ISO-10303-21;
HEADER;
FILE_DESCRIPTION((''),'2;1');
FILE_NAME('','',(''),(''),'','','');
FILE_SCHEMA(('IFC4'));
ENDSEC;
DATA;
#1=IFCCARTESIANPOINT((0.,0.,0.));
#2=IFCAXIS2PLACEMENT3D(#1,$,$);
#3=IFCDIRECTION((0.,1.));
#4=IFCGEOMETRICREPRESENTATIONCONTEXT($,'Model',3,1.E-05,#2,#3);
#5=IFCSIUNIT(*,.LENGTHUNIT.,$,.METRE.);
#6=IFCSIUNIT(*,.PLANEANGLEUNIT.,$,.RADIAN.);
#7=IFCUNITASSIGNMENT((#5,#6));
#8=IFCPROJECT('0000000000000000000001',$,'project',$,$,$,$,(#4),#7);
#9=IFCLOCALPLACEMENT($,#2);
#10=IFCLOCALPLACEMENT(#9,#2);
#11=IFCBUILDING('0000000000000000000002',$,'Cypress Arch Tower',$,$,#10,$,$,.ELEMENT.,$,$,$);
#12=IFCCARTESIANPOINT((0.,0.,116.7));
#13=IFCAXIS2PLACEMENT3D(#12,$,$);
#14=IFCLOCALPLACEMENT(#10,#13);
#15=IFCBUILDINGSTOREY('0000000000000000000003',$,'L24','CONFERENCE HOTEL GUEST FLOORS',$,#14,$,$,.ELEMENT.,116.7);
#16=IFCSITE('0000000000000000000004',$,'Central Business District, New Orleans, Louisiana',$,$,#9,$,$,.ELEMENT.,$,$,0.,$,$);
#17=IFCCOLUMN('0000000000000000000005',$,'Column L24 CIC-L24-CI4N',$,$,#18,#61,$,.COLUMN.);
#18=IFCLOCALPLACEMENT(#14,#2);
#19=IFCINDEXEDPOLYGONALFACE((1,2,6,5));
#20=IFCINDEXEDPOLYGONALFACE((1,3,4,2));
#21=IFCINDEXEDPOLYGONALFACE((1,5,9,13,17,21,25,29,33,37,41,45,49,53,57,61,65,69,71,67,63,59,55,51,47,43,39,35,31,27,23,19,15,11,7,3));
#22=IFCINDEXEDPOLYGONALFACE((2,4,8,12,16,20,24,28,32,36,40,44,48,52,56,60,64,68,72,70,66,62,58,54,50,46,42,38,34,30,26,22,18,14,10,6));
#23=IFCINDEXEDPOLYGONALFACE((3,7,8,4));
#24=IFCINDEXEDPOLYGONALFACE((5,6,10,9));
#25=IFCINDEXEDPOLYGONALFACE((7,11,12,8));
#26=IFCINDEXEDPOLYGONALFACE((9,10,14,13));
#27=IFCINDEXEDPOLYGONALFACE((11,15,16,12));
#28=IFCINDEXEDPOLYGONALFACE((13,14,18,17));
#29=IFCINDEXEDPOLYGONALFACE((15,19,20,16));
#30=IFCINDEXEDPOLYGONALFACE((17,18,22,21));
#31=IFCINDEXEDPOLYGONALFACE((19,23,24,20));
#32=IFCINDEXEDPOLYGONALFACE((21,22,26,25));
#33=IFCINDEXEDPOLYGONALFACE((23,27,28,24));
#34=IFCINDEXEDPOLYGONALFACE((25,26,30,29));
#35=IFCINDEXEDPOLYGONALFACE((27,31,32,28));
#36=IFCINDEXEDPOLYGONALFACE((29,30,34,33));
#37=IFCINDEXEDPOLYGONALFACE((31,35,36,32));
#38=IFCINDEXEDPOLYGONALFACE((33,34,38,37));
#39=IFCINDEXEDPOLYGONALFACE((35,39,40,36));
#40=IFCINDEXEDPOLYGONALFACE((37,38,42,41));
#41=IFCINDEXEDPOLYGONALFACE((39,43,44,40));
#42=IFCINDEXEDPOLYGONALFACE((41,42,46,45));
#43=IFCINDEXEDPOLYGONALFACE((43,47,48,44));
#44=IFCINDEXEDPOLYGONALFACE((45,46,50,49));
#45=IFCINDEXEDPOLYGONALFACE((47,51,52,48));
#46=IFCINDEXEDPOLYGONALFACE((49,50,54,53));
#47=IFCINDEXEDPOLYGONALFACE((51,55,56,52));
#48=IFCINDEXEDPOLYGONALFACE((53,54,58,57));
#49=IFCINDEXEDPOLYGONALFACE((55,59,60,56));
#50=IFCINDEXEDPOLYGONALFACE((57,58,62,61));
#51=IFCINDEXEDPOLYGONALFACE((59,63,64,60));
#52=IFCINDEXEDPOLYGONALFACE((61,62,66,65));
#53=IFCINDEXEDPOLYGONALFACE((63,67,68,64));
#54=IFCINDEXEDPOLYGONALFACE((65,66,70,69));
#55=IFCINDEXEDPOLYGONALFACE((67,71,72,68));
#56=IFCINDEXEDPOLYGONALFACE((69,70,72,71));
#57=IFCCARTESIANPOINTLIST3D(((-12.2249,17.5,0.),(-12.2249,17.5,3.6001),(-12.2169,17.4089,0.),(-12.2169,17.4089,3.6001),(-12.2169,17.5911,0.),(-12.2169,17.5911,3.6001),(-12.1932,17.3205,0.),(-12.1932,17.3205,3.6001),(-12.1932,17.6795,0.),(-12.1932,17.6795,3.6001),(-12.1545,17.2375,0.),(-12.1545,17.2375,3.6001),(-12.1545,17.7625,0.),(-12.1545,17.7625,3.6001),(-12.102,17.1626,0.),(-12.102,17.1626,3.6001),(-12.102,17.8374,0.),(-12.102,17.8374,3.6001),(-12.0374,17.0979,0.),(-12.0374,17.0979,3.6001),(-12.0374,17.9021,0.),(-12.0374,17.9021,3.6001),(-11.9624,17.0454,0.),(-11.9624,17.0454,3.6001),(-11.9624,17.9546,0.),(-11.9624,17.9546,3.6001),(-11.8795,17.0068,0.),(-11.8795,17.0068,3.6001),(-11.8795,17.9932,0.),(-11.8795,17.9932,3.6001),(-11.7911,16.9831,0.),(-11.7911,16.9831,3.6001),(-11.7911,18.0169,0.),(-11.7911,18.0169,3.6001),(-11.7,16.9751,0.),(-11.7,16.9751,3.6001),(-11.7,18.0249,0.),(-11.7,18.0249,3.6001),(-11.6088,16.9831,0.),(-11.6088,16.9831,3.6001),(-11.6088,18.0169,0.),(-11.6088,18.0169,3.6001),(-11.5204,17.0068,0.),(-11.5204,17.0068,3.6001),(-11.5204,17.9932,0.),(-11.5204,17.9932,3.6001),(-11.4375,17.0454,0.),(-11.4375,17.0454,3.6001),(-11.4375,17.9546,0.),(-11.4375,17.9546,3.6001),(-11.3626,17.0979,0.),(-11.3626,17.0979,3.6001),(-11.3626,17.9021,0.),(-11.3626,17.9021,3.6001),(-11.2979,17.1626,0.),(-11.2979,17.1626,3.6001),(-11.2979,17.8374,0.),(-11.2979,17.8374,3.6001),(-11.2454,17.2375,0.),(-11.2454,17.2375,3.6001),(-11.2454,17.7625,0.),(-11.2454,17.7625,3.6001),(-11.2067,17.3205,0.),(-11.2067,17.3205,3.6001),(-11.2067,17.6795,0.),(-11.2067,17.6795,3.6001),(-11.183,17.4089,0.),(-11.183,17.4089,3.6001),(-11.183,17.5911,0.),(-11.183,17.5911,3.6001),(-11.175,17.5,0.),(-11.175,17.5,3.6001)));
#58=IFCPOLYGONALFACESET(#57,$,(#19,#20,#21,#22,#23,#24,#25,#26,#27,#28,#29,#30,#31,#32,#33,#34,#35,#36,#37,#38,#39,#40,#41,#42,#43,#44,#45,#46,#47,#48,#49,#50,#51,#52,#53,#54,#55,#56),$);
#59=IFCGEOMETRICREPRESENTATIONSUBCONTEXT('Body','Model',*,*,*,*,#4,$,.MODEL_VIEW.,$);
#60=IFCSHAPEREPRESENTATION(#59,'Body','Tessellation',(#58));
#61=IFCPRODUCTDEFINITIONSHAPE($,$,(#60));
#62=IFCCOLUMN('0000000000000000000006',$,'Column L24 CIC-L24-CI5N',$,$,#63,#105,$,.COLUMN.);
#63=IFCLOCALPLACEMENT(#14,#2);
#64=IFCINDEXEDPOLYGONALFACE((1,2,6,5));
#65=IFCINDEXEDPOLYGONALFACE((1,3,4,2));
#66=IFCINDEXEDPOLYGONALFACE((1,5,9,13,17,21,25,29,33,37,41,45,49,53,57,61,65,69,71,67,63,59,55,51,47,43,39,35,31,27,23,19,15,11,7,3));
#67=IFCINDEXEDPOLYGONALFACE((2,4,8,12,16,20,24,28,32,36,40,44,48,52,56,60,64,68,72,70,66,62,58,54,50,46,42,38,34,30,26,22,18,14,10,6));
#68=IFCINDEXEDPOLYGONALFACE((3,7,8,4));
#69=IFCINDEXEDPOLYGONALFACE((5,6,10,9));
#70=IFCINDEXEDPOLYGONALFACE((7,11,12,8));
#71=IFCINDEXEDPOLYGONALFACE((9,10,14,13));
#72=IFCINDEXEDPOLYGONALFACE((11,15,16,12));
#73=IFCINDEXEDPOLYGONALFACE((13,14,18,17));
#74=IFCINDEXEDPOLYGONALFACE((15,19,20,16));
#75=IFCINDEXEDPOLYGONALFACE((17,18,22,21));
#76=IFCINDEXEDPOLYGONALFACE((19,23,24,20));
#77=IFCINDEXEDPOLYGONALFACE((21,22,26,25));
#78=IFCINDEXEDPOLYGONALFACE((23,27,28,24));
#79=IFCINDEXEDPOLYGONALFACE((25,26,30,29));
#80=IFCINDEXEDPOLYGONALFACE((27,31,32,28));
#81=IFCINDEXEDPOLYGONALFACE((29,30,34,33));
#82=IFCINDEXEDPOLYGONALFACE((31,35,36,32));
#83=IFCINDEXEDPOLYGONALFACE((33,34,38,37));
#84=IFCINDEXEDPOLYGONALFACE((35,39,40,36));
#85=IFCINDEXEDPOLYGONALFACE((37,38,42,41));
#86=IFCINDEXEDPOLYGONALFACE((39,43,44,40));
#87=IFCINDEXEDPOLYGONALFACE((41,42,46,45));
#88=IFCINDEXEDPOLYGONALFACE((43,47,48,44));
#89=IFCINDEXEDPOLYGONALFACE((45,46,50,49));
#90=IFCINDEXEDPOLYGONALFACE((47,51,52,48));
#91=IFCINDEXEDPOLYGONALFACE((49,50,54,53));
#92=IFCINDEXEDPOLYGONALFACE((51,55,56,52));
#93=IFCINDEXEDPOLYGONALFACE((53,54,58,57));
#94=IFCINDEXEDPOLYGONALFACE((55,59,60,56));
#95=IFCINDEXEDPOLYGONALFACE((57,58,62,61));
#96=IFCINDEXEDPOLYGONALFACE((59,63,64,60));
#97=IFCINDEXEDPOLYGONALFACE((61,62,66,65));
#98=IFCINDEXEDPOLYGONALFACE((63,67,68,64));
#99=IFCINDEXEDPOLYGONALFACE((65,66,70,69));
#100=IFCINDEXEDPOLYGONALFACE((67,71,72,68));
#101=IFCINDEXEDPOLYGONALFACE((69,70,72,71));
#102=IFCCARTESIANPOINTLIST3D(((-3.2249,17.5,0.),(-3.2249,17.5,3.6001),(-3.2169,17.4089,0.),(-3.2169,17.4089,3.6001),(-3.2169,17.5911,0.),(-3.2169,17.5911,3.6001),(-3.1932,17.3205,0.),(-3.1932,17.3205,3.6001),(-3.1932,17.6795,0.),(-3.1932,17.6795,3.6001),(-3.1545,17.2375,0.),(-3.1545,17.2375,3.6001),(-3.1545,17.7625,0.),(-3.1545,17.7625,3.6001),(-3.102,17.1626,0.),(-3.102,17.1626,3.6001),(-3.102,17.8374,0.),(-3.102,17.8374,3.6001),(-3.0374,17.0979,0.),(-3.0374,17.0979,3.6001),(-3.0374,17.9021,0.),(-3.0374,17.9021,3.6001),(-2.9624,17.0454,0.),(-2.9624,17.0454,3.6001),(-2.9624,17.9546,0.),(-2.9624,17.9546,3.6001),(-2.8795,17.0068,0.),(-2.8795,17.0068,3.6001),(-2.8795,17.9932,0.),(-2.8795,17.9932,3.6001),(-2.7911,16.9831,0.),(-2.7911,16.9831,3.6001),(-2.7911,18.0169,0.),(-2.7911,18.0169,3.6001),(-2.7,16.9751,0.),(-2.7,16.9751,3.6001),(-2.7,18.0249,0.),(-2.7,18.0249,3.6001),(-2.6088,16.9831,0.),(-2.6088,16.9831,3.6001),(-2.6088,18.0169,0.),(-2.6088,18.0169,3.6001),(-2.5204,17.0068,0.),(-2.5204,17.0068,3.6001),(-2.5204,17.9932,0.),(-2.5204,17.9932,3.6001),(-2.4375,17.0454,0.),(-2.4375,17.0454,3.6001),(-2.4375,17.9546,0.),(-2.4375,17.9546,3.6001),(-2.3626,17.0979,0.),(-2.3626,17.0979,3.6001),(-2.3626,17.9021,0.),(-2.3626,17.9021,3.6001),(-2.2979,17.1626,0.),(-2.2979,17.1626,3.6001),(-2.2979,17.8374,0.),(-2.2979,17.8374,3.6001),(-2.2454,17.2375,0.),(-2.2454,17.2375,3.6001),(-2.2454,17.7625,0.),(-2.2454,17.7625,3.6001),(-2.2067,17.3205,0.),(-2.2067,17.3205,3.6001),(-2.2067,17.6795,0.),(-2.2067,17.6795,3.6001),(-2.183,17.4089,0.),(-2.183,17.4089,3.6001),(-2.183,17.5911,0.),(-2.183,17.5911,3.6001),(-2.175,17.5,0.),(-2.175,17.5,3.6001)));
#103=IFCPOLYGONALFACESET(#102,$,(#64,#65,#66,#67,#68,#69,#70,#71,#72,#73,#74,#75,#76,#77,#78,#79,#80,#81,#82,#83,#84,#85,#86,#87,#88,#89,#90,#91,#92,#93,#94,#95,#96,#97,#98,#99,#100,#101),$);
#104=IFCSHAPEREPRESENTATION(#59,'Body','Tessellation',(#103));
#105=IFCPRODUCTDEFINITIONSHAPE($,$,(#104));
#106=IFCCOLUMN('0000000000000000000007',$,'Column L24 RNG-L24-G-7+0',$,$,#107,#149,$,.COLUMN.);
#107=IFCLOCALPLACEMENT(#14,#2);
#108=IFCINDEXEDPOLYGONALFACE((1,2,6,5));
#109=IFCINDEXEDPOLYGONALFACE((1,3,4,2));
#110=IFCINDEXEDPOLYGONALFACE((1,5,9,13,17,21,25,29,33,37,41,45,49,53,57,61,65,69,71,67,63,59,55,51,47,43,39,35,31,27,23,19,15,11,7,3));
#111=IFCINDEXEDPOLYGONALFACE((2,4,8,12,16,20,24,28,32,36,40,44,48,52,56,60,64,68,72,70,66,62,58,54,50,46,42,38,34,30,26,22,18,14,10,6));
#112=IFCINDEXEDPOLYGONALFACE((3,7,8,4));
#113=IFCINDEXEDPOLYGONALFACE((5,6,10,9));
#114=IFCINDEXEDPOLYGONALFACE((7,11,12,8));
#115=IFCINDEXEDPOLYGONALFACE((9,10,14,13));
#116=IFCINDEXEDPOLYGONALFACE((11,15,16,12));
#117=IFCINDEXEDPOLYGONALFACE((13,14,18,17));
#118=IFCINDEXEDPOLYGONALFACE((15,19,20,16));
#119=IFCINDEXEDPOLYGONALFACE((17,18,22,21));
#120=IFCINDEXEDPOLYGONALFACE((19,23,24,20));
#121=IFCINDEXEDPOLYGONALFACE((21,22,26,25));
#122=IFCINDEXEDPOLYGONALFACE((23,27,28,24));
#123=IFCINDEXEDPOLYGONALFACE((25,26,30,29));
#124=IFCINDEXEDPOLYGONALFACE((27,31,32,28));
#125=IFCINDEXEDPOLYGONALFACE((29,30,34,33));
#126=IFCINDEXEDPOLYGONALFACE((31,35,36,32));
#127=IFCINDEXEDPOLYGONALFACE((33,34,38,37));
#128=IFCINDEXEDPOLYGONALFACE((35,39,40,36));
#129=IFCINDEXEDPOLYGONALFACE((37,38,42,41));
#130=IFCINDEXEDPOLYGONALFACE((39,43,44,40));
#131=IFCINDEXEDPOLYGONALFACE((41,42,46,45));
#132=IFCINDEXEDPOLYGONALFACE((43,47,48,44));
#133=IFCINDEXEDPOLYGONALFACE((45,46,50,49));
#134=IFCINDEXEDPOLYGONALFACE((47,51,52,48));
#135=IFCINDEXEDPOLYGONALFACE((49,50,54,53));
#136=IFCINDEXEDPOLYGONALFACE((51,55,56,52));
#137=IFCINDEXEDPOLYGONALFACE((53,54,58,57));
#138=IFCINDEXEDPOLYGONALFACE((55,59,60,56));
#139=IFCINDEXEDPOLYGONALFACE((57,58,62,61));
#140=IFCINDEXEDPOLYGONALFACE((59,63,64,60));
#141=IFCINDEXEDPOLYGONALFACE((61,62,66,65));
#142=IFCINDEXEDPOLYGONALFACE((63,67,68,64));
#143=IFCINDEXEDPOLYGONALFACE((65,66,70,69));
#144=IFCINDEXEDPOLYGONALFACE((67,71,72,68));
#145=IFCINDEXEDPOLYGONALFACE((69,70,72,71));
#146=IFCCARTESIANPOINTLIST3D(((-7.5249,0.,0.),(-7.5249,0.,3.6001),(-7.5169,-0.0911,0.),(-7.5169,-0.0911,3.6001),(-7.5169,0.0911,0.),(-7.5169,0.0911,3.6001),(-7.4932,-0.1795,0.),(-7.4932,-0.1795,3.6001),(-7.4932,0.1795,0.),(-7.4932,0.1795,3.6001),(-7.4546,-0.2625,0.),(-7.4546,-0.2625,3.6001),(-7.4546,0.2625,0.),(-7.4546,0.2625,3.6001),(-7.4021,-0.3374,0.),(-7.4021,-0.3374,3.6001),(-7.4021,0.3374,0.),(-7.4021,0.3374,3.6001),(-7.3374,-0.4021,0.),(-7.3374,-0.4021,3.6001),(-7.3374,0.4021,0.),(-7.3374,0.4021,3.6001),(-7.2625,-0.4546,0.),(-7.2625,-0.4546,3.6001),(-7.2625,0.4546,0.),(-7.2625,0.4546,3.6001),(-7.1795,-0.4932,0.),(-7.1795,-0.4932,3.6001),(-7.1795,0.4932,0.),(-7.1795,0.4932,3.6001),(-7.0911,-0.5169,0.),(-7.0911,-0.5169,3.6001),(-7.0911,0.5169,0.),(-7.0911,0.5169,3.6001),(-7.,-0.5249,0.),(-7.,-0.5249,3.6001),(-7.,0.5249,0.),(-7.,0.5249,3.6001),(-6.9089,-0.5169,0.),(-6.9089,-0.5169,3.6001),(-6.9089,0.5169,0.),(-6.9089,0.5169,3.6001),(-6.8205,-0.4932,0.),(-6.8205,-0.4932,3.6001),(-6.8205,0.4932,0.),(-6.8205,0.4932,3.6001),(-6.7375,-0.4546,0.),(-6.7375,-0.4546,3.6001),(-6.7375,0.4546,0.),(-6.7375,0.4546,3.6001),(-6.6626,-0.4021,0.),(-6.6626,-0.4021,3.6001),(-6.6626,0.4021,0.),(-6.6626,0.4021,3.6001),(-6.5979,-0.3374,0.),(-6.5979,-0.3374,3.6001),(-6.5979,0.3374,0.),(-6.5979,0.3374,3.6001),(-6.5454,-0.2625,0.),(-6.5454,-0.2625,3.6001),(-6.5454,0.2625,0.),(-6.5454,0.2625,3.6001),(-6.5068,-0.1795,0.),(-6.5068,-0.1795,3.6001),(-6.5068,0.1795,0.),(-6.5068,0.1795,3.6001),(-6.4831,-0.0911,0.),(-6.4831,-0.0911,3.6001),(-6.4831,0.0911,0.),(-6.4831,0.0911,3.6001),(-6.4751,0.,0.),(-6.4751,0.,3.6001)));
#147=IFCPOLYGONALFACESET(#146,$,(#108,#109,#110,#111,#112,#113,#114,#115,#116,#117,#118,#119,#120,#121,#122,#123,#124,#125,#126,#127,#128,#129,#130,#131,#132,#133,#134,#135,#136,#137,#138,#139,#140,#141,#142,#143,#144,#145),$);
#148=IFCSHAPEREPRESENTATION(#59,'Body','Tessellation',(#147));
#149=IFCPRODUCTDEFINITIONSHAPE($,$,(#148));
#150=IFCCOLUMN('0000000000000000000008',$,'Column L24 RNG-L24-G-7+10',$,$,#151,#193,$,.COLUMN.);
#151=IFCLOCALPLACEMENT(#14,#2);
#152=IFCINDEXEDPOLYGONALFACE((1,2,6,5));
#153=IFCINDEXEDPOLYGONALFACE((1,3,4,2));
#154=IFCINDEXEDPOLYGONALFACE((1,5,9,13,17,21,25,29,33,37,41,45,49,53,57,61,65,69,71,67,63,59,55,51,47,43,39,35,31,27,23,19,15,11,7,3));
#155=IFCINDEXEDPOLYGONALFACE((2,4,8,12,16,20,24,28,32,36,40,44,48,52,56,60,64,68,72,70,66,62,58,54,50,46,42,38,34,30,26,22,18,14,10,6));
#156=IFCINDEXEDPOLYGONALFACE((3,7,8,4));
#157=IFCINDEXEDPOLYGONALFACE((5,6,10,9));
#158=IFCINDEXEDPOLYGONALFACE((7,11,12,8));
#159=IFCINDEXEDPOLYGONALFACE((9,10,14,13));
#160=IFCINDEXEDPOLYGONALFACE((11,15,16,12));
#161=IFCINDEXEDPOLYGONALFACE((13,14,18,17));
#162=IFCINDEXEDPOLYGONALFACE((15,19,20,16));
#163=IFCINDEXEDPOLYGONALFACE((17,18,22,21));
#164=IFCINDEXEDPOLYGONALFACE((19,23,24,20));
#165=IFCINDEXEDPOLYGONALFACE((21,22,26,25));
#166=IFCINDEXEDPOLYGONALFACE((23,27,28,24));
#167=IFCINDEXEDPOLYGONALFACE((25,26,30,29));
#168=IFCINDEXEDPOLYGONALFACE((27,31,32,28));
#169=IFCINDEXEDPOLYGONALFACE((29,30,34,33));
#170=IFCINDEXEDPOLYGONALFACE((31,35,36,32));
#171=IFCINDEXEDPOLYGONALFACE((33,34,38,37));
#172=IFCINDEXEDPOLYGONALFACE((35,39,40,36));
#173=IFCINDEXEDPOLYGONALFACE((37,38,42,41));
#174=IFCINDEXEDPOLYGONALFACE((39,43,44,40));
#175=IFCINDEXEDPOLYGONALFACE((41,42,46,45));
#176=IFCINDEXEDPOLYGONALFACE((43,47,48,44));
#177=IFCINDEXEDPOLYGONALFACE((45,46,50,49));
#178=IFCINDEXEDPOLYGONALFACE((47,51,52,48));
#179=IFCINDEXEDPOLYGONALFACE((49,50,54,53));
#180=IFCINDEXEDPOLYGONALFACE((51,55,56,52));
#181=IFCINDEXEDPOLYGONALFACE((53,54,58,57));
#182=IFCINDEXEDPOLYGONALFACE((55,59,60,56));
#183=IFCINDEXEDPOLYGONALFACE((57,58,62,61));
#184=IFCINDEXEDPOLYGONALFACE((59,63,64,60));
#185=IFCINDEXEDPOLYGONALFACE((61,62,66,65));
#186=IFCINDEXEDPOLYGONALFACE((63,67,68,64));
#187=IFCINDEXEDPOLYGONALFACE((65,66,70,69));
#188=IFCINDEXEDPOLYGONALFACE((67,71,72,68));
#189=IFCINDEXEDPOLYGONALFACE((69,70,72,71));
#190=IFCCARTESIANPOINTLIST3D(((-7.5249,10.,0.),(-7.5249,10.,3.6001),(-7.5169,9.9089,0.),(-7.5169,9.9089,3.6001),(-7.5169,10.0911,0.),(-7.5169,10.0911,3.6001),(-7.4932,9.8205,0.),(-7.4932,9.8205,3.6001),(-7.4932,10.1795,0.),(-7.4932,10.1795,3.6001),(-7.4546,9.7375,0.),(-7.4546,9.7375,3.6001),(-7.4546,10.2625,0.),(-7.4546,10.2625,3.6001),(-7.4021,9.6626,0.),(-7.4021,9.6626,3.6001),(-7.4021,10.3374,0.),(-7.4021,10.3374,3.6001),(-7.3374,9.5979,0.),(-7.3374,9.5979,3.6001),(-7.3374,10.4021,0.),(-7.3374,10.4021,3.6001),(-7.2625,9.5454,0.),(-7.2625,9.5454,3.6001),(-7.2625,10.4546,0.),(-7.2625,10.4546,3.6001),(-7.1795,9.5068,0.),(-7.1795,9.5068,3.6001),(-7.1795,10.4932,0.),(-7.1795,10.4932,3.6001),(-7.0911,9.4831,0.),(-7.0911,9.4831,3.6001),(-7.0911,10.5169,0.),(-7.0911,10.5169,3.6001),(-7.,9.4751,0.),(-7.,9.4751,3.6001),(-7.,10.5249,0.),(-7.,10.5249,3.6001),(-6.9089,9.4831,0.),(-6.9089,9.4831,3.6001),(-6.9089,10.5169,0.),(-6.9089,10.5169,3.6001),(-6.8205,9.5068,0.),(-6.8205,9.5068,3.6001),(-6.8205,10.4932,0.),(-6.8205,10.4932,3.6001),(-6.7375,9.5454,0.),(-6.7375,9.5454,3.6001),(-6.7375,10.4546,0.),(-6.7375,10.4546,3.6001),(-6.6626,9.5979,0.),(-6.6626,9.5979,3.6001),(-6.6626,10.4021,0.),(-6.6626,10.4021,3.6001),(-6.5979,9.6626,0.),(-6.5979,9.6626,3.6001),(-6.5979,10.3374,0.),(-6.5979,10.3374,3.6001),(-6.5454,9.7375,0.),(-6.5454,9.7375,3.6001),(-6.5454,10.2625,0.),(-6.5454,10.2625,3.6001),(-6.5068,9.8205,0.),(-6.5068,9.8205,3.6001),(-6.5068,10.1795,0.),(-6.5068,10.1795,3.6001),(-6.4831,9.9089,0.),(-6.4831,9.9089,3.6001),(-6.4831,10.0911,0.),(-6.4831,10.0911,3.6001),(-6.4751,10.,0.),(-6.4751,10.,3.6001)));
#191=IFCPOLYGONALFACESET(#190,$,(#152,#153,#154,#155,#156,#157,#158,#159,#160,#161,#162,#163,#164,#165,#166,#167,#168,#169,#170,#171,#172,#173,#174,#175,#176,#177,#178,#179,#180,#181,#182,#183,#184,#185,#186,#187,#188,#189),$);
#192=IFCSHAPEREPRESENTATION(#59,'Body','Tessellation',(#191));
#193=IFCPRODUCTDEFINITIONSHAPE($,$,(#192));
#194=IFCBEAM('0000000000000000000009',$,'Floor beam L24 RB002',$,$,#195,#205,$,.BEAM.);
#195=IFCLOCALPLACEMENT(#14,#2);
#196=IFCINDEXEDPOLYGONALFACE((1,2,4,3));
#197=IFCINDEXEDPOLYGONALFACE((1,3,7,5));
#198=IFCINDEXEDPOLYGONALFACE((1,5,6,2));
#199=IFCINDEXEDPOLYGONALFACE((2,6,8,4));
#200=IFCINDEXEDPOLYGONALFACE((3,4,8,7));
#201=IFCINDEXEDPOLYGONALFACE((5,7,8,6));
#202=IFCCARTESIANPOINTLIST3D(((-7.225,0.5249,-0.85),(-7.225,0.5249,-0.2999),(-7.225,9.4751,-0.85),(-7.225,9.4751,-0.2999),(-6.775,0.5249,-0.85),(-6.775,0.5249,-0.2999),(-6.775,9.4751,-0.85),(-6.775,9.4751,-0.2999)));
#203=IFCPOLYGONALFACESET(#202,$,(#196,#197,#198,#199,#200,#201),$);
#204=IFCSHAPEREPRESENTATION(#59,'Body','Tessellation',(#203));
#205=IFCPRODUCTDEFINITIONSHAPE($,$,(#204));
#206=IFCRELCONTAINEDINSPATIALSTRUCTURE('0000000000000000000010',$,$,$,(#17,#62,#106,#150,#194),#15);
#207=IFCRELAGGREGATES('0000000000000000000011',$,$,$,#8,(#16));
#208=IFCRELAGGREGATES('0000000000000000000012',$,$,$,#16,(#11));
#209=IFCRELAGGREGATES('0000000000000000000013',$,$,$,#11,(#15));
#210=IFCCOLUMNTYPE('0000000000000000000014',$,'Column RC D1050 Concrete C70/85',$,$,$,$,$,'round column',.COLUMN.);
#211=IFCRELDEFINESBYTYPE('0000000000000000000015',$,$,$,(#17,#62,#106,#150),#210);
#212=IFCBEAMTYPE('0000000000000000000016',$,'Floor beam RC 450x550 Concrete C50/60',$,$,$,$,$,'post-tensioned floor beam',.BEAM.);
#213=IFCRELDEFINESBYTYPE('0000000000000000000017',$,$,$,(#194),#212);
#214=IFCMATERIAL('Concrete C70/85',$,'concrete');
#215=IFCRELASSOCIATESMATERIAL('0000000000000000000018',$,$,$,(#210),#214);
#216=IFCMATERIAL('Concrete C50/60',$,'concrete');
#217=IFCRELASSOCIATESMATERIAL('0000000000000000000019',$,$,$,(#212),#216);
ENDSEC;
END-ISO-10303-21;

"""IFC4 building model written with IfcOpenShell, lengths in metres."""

from ifc_helpers import new_model, si_unit, direction, frame, origin, origin_2d, place, context, subcontext, project, spatial, rectangle, circle, extrude, material, material_profile, profile_set, type_object, element, save


model = new_model("IFC4")

# Units and contexts
model_context = context("Model", 3, precision=1e-05, world=origin(), true_north=direction((0.0, 1.0)))
body_context = subcontext(model_context, "Body", "Model", "MODEL_VIEW")
ifc_project = project(units=[si_unit("LENGTHUNIT", "METRE"), si_unit("PLANEANGLEUNIT", "RADIAN")], contexts=[model_context])

# Site, building, storey
site_placement = place(None, origin())
site = spatial("IfcSite", under=ifc_project, at=site_placement, Name="Central Business District, New Orleans, Louisiana", CompositionType="ELEMENT", RefElevation=0.0)
building_placement = place(site_placement, origin())
building = spatial("IfcBuilding", under=site, at=building_placement, Name="Cypress Arch Tower", CompositionType="ELEMENT")
storey_placement = place(building_placement, frame((0.0, 0.0, 116.7)))
storey = spatial("IfcBuildingStorey", under=building, at=storey_placement, Name="L24", Description="CONFERENCE HOTEL GUEST FLOORS", CompositionType="ELEMENT", Elevation=116.7)

# Columns
ifc_material_1 = material(Name="Concrete C70/85", Category="concrete")
ifc_material_profile_1 = material_profile(ifc_material_1, circle(Radius=0.5249, at=origin_2d()), Name="RC D1050")
ifc_profile_set_1 = profile_set([ifc_material_profile_1], Name="Concrete C70/85")
column_type = type_object("IfcColumnType", Name="Column RC D1050 Concrete C70/85", ElementType="round column", PredefinedType="COLUMN", material=ifc_profile_set_1)
for number, where, z_axis, x_axis, name in (
    (1, (-11.7, 17.5, 0.0), (0.0, 0.0, 1.0), (1.0, 0.0, 0.0), "Column L24 CIC-L24-CI4N"),
    (2, (-2.7, 17.5, 0.0), (0.0, 0.0, 1.0), (1.0, 0.0, 0.0), "Column L24 CIC-L24-CI5N"),
    (3, (-7.0, 0.0, 0.0), (0.0, 0.0, 1.0), (1.0, 0.0, 0.0), "Column L24 RNG-L24-G-7+0"),
    (4, (-7.0, 10.0, 0.0), (0.0, 0.0, 1.0), (1.0, 0.0, 0.0), "Column L24 RNG-L24-G-7+10"),
):
    element("IfcColumn", number, at=place(storey_placement, frame(where, z_axis=z_axis, x_axis=x_axis)), inside=storey, type_object=column_type, Name=name, PredefinedType="COLUMN", context=body_context, shape_type="SweptSolid", body=[
        extrude(circle(Radius=0.5249, at=origin_2d()), origin(), (0.0, 0.0, 1.0), 3.6001),
    ])

# Beam
ifc_material_2 = material(Name="Concrete C50/60", Category="concrete")
ifc_material_profile_2 = material_profile(ifc_material_2, rectangle(XDim=0.45, YDim=0.55, at=origin_2d()), Name="RC 450x550")
ifc_profile_set_2 = profile_set([ifc_material_profile_2], Name="Concrete C50/60")
beam_type_1 = type_object("IfcBeamType", Name="Floor beam RC 450x550 Concrete C50/60", ElementType="post-tensioned floor beam", PredefinedType="BEAM", material=ifc_profile_set_2)
beam_1_placement = place(storey_placement, frame((-7.0, 0.5249, -0.575), z_axis=(0.0, 1.0, 0.0), x_axis=(-1.0, 0.0, 0.0)))
element("IfcBeam", 5, at=beam_1_placement, inside=storey, type_object=beam_type_1, Name="Floor beam L24 RB002", PredefinedType="BEAM", context=body_context, shape_type="SweptSolid", body=[
    extrude(rectangle(XDim=0.45, YDim=0.55, at=origin_2d()), origin(), (0.0, 0.0, 1.0), 8.9502),
])

save(model, "model.ifc")
